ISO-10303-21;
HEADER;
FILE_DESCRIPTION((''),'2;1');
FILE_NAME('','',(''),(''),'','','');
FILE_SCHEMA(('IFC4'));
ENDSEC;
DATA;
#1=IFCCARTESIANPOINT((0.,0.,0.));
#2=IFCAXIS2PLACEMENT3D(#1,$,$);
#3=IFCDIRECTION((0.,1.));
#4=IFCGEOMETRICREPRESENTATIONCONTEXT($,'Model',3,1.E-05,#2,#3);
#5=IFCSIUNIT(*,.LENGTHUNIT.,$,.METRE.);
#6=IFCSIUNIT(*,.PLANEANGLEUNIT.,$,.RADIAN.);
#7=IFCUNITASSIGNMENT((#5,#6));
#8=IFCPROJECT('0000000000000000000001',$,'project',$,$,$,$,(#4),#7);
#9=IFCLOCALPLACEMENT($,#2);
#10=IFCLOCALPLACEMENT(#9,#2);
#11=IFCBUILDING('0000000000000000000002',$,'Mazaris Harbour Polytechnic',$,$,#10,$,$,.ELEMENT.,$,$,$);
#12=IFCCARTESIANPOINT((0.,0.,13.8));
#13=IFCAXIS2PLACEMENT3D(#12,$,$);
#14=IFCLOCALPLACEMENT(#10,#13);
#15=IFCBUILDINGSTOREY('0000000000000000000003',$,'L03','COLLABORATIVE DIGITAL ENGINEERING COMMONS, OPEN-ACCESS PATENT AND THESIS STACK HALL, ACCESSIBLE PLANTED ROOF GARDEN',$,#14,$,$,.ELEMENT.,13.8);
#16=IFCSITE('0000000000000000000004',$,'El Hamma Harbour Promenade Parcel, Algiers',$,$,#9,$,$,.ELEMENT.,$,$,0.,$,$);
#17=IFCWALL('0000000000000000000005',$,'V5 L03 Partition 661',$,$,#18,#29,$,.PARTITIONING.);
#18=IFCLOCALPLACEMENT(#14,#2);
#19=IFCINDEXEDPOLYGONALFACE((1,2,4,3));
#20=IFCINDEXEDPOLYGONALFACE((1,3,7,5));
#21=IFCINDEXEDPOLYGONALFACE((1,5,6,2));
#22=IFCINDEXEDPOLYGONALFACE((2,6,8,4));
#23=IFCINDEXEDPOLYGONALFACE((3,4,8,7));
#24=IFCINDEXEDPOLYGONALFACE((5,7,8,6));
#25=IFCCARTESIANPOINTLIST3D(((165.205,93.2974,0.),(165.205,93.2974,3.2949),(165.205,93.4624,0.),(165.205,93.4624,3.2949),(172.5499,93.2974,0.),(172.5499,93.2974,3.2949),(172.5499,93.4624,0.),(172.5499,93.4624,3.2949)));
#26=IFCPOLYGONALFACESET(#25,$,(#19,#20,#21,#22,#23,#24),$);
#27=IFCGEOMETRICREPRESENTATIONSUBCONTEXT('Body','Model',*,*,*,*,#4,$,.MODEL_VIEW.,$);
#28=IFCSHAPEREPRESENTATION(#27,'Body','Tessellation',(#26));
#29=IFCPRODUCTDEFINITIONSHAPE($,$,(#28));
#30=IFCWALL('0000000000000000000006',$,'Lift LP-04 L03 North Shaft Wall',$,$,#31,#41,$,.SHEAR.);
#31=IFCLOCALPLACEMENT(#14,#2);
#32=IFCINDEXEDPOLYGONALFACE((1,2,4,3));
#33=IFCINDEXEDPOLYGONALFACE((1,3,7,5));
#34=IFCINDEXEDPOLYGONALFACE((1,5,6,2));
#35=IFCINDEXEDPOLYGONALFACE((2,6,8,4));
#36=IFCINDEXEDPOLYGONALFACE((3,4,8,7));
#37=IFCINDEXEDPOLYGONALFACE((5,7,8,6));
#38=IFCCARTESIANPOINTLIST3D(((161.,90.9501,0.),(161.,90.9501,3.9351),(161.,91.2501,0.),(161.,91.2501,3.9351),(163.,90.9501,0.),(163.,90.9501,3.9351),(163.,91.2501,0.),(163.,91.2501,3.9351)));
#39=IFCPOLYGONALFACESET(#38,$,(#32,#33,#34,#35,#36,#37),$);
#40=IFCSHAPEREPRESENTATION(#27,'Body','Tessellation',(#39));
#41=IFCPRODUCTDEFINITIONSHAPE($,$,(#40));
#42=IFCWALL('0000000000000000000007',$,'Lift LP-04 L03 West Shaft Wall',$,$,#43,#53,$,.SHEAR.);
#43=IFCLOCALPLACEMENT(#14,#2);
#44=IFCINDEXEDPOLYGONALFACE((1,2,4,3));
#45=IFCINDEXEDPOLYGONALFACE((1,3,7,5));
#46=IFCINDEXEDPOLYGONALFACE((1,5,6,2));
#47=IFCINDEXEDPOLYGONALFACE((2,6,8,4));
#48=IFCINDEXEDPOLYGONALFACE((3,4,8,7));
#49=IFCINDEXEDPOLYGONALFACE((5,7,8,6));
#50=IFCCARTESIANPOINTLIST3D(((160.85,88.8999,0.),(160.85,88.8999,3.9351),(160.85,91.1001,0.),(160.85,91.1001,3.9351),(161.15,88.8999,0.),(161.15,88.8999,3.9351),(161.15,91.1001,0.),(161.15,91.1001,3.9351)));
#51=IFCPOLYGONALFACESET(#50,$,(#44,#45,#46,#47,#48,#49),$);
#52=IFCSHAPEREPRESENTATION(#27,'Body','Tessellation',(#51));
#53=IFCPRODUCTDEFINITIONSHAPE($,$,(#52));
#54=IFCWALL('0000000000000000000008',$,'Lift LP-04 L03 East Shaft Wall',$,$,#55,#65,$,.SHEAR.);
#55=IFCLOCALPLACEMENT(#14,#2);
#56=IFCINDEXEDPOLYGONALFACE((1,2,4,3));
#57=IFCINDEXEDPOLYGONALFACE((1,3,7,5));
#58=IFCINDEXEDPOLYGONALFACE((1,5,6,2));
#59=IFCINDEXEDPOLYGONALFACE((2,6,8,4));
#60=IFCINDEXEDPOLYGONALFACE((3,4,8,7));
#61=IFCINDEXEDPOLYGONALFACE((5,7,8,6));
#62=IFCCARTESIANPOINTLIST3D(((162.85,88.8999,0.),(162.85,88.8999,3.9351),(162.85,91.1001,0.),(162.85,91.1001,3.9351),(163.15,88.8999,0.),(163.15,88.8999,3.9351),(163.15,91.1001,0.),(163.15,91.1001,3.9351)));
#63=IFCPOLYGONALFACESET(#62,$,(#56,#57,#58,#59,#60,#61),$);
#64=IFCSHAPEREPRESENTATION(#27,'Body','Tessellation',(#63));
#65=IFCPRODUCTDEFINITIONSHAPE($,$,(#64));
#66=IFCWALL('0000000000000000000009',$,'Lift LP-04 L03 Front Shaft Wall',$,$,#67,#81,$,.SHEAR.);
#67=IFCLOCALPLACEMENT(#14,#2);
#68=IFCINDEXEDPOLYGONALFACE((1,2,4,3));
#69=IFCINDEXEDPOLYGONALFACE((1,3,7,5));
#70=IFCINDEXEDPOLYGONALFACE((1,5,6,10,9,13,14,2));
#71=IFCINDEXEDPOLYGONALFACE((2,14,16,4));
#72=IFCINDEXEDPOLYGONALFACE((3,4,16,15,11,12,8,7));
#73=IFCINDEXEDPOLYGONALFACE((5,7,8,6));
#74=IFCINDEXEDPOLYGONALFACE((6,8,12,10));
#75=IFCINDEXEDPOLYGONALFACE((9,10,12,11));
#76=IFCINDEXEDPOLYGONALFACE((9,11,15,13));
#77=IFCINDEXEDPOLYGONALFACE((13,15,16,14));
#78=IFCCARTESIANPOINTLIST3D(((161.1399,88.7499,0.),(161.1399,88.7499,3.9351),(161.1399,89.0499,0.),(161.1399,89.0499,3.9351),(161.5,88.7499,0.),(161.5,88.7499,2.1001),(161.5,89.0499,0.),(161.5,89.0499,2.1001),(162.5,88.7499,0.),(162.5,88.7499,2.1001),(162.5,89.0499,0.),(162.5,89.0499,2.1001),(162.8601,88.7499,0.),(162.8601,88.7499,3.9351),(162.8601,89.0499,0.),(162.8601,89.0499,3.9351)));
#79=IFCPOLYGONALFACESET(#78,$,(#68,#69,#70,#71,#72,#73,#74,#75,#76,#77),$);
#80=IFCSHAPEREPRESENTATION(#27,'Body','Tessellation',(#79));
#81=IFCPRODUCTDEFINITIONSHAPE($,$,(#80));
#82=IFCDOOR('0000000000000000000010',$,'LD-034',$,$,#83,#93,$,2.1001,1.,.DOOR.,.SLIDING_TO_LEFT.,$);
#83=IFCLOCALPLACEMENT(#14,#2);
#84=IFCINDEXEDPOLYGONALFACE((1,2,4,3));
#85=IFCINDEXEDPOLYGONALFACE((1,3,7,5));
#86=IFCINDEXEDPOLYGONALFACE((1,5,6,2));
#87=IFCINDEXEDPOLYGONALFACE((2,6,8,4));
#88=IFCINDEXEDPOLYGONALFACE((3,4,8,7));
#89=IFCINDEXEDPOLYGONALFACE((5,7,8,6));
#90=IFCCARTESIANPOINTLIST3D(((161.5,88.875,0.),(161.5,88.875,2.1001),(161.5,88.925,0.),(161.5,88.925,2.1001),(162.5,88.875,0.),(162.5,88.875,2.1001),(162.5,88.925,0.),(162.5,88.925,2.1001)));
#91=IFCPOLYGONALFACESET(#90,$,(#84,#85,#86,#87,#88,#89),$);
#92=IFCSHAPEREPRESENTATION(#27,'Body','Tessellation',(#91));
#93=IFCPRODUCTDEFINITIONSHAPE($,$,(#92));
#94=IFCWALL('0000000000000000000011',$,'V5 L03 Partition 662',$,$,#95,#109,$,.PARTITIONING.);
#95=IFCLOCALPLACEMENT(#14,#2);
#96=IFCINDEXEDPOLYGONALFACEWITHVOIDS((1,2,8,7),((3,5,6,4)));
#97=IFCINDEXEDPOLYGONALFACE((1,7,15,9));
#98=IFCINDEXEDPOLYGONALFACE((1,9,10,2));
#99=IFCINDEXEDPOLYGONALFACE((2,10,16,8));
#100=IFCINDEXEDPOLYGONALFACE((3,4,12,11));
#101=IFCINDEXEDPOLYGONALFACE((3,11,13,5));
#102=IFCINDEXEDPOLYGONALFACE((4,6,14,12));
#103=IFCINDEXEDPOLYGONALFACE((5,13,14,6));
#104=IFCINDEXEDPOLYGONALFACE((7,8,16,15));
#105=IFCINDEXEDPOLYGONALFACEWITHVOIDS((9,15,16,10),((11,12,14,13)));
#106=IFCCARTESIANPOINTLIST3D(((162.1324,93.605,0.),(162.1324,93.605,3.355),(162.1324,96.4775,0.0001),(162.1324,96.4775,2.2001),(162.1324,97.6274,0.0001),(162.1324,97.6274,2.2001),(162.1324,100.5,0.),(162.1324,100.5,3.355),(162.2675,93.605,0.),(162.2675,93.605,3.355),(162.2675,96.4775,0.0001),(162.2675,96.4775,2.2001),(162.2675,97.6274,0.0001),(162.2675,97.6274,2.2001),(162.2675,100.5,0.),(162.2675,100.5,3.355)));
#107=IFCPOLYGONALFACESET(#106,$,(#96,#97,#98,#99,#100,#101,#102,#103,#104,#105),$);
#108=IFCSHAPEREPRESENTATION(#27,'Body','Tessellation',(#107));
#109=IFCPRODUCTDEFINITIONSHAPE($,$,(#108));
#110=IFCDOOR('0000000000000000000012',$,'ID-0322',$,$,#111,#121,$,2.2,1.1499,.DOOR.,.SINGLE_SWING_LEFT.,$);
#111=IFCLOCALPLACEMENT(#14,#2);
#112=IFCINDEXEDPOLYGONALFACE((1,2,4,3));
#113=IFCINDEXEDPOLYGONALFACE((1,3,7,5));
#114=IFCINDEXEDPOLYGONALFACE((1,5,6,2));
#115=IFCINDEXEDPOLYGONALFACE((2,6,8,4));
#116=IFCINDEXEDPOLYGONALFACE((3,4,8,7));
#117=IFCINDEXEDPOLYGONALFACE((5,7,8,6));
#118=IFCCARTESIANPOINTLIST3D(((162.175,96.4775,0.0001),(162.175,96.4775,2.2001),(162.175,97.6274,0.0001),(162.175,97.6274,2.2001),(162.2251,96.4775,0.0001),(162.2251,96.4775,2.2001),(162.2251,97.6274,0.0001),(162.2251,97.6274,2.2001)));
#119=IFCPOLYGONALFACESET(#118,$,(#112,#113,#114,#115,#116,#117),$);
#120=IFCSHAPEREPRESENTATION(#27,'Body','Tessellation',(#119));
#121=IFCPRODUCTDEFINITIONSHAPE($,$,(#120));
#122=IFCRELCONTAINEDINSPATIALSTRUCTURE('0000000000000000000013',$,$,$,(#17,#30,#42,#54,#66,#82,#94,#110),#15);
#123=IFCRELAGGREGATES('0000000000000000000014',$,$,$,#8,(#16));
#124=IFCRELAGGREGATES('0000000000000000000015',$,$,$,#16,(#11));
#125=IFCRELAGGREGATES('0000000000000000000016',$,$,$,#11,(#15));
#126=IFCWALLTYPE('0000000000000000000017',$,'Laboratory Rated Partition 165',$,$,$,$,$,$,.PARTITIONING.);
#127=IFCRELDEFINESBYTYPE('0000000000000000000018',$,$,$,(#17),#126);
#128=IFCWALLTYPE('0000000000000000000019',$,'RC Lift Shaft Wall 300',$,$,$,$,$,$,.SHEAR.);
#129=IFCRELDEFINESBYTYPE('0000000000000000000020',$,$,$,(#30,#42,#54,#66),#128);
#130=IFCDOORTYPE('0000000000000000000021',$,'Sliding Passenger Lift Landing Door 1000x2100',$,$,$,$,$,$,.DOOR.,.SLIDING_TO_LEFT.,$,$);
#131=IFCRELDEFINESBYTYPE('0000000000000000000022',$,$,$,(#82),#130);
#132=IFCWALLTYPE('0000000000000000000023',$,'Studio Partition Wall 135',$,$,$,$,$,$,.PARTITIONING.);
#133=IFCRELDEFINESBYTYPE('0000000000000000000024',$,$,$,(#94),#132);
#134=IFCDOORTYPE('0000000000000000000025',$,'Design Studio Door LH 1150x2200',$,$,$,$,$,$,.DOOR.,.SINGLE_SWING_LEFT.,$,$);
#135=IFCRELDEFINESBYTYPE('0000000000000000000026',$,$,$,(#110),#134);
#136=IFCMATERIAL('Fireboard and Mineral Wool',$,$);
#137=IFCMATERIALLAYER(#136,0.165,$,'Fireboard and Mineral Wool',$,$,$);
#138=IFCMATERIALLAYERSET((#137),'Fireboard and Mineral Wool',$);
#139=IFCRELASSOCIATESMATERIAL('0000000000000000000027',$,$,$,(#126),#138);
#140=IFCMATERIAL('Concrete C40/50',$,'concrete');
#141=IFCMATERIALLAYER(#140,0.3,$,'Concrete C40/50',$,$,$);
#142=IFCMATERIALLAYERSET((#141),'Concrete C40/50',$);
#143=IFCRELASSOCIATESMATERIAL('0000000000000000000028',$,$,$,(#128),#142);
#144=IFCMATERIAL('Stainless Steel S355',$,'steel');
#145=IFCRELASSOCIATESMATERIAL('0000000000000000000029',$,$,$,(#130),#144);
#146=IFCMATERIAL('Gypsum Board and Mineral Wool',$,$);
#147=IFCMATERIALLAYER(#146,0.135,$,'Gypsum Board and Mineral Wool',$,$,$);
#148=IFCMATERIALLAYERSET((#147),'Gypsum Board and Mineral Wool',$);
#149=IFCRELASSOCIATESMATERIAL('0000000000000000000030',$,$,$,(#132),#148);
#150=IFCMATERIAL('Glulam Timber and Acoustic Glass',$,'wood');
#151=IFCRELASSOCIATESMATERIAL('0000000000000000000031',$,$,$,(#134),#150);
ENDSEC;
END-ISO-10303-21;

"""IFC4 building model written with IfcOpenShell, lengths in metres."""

from ifc_helpers import new_model, si_unit, direction, frame, frame_2d, origin, place, context, subcontext, project, spatial, rectangle, extrude, material, layer, layer_set, type_object, element, fill, save


model = new_model("IFC4")

# Units and contexts
model_context = context("Model", 3, precision=1e-05, world=origin(), true_north=direction((0.0, 1.0)))
body_context = subcontext(model_context, "Body", "Model", "MODEL_VIEW")
ifc_project = project(units=[si_unit("LENGTHUNIT", "METRE"), si_unit("PLANEANGLEUNIT", "RADIAN")], contexts=[model_context])

# Site, building, storey
site_placement = place(None, origin())
site = spatial("IfcSite", under=ifc_project, at=site_placement, Name="El Hamma Harbour Promenade Parcel, Algiers", CompositionType="ELEMENT", RefElevation=0.0)
building_placement = place(site_placement, origin())
building = spatial("IfcBuilding", under=site, at=building_placement, Name="Mazaris Harbour Polytechnic", CompositionType="ELEMENT")
storey_placement = place(building_placement, frame((0.0, 0.0, 13.8)))
storey = spatial("IfcBuildingStorey", under=building, at=storey_placement, Name="L03", Description="COLLABORATIVE DIGITAL ENGINEERING COMMONS, OPEN-ACCESS PATENT AND THESIS STACK HALL, ACCESSIBLE PLANTED ROOF GARDEN", CompositionType="ELEMENT", Elevation=13.8)

# Walls
ifc_material_1 = material(Name="Fireboard and Mineral Wool")
ifc_layer_1 = layer(ifc_material_1, 0.165, Name="Fireboard and Mineral Wool")
ifc_layer_set_1 = layer_set([ifc_layer_1], Name="Fireboard and Mineral Wool")
wall_type_1 = type_object("IfcWallType", Name="Laboratory Rated Partition 165", PredefinedType="PARTITIONING", material=ifc_layer_set_1)
wall_1_placement = place(storey_placement, frame((165.2051, 93.3799, 0.0), z_axis=(0.0, 0.0, 1.0), x_axis=(1.0, 0.0, 0.0)))
element("IfcWall", 1, at=wall_1_placement, inside=storey, type_object=wall_type_1, Name="V5 L03 Partition 661", PredefinedType="PARTITIONING", context=body_context, shape_type="SweptSolid", body=[
    extrude(rectangle(XDim=7.345, YDim=0.165, at=frame_2d((3.6724, 0.0))), origin(), (0.0, 0.0, 1.0), 3.2949),
])
ifc_material_2 = material(Name="Concrete C40/50", Category="concrete")
ifc_layer_2 = layer(ifc_material_2, 0.3, Name="Concrete C40/50")
ifc_layer_set_2 = layer_set([ifc_layer_2], Name="Concrete C40/50")
wall_type_2 = type_object("IfcWallType", Name="RC Lift Shaft Wall 300", PredefinedType="SHEAR", material=ifc_layer_set_2)
wall_2_placement = place(storey_placement, frame((163.0, 91.1001, 0.0), z_axis=(0.0, 0.0, 1.0), x_axis=(-1.0, 0.0, 0.0)))
element("IfcWall", 2, at=wall_2_placement, inside=storey, type_object=wall_type_2, Name="Lift LP-04 L03 North Shaft Wall", PredefinedType="SHEAR", context=body_context, shape_type="SweptSolid", body=[
    extrude(rectangle(XDim=2.0, YDim=0.3, at=frame_2d((1.0, 0.0))), origin(), (0.0, 0.0, 1.0), 3.9351),
])
for number, where, z_axis, x_axis, name in (
    (3, (161.0, 91.1001, 0.0), (0.0, 0.0, 1.0), (0.0, -1.0, 0.0), "Lift LP-04 L03 West Shaft Wall"),
    (4, (163.0, 88.8999, 0.0), (0.0, 0.0, 1.0), (0.0, 1.0, 0.0), "Lift LP-04 L03 East Shaft Wall"),
):
    element("IfcWall", number, at=place(storey_placement, frame(where, z_axis=z_axis, x_axis=x_axis)), inside=storey, type_object=wall_type_2, Name=name, PredefinedType="SHEAR", context=body_context, shape_type="SweptSolid", body=[
        extrude(rectangle(XDim=2.2002, YDim=0.3, at=frame_2d((1.1001, 0.0))), origin(), (0.0, 0.0, 1.0), 3.9351),
    ])

# Walls, openings, doors
wall_3_placement = place(storey_placement, frame((162.8601, 88.8999, 0.0), z_axis=(0.0, 0.0, 1.0), x_axis=(-1.0, 0.0, 0.0)))
wall_3 = element("IfcWall", 5, at=wall_3_placement, inside=storey, type_object=wall_type_2, Name="Lift LP-04 L03 Front Shaft Wall", PredefinedType="SHEAR", context=body_context, shape_type="SweptSolid", body=[
    extrude(rectangle(XDim=1.7202, YDim=0.3, at=frame_2d((0.8601, 0.0))), origin(), (0.0, 0.0, 1.0), 3.9351),
])
opening_1_placement = place(wall_3_placement, frame((0.3601, 0.0, 0.0)))
opening_1 = element("IfcOpeningElement", 6, at=opening_1_placement, cuts=wall_3, PredefinedType="OPENING", context=body_context, shape_type="SweptSolid", body=[
    extrude(rectangle(XDim=1.0, YDim=2.1001, at=frame_2d((0.5, 1.05))), frame((0.0, 0.1599, 0.0), z_axis=(0.0, -1.0, 0.0), x_axis=(1.0, 0.0, 0.0)), (0.0, 0.0, 1.0), 0.3201),
])
ifc_material_3 = material(Name="Stainless Steel S355", Category="steel")
door_type_1 = type_object("IfcDoorType", Name="Sliding Passenger Lift Landing Door 1000x2100", OperationType="SLIDING_TO_LEFT", PredefinedType="DOOR", material=ifc_material_3)
door_1_placement = place(opening_1_placement, origin())
door_1 = element("IfcDoor", 7, at=door_1_placement, inside=storey, type_object=door_type_1, Name="LD-034", OperationType="SLIDING_TO_LEFT", OverallHeight=2.1001, OverallWidth=1.0, PredefinedType="DOOR", context=body_context, shape_type="SweptSolid", body=[
    extrude(rectangle(XDim=1.0, YDim=2.1001, at=frame_2d((0.5, 1.05))), frame((0.0, 0.0249, 0.0), z_axis=(0.0, -1.0, 0.0), x_axis=(1.0, 0.0, 0.0)), (0.0, 0.0, 1.0), 0.05),
])
fill(opening_1, door_1)
ifc_material_4 = material(Name="Gypsum Board and Mineral Wool")
ifc_layer_3 = layer(ifc_material_4, 0.135, Name="Gypsum Board and Mineral Wool")
ifc_layer_set_3 = layer_set([ifc_layer_3], Name="Gypsum Board and Mineral Wool")
wall_type_3 = type_object("IfcWallType", Name="Studio Partition Wall 135", PredefinedType="PARTITIONING", material=ifc_layer_set_3)
wall_4_placement = place(storey_placement, frame((162.2, 93.605, 0.0), z_axis=(0.0, 0.0, 1.0), x_axis=(0.0, 1.0, 0.0)))
wall_4 = element("IfcWall", 8, at=wall_4_placement, inside=storey, type_object=wall_type_3, Name="V5 L03 Partition 662", PredefinedType="PARTITIONING", context=body_context, shape_type="SweptSolid", body=[
    extrude(rectangle(XDim=6.895, YDim=0.135, at=frame_2d((3.4475, 0.0))), origin(), (0.0, 0.0, 1.0), 3.355),
])
opening_2_placement = place(wall_4_placement, frame((2.8726, 0.0, 0.0)))
opening_2 = element("IfcOpeningElement", 9, at=opening_2_placement, cuts=wall_4, PredefinedType="OPENING", context=body_context, shape_type="SweptSolid", body=[
    extrude(rectangle(XDim=1.1499, YDim=2.2, at=frame_2d((0.575, 1.1001))), frame((0.0, 0.0774, 0.0), z_axis=(0.0, -1.0, 0.0), x_axis=(1.0, 0.0, 0.0)), (0.0, 0.0, 1.0), 0.155),
])
ifc_material_5 = material(Name="Glulam Timber and Acoustic Glass", Category="wood")
door_type_2 = type_object("IfcDoorType", Name="Design Studio Door LH 1150x2200", OperationType="SINGLE_SWING_LEFT", PredefinedType="DOOR", material=ifc_material_5)
door_2_placement = place(opening_2_placement, origin())
door_2 = element("IfcDoor", 10, at=door_2_placement, inside=storey, type_object=door_type_2, Name="ID-0322", OperationType="SINGLE_SWING_LEFT", OverallHeight=2.2, OverallWidth=1.1499, PredefinedType="DOOR", context=body_context, shape_type="SweptSolid", body=[
    extrude(rectangle(XDim=1.1499, YDim=2.2, at=frame_2d((0.575, 1.1001))), frame((0.0, 0.0249, 0.0), z_axis=(0.0, -1.0, 0.0), x_axis=(1.0, 0.0, 0.0)), (0.0, 0.0, 1.0), 0.05),
])
fill(opening_2, door_2)

save(model, "model.ifc")
